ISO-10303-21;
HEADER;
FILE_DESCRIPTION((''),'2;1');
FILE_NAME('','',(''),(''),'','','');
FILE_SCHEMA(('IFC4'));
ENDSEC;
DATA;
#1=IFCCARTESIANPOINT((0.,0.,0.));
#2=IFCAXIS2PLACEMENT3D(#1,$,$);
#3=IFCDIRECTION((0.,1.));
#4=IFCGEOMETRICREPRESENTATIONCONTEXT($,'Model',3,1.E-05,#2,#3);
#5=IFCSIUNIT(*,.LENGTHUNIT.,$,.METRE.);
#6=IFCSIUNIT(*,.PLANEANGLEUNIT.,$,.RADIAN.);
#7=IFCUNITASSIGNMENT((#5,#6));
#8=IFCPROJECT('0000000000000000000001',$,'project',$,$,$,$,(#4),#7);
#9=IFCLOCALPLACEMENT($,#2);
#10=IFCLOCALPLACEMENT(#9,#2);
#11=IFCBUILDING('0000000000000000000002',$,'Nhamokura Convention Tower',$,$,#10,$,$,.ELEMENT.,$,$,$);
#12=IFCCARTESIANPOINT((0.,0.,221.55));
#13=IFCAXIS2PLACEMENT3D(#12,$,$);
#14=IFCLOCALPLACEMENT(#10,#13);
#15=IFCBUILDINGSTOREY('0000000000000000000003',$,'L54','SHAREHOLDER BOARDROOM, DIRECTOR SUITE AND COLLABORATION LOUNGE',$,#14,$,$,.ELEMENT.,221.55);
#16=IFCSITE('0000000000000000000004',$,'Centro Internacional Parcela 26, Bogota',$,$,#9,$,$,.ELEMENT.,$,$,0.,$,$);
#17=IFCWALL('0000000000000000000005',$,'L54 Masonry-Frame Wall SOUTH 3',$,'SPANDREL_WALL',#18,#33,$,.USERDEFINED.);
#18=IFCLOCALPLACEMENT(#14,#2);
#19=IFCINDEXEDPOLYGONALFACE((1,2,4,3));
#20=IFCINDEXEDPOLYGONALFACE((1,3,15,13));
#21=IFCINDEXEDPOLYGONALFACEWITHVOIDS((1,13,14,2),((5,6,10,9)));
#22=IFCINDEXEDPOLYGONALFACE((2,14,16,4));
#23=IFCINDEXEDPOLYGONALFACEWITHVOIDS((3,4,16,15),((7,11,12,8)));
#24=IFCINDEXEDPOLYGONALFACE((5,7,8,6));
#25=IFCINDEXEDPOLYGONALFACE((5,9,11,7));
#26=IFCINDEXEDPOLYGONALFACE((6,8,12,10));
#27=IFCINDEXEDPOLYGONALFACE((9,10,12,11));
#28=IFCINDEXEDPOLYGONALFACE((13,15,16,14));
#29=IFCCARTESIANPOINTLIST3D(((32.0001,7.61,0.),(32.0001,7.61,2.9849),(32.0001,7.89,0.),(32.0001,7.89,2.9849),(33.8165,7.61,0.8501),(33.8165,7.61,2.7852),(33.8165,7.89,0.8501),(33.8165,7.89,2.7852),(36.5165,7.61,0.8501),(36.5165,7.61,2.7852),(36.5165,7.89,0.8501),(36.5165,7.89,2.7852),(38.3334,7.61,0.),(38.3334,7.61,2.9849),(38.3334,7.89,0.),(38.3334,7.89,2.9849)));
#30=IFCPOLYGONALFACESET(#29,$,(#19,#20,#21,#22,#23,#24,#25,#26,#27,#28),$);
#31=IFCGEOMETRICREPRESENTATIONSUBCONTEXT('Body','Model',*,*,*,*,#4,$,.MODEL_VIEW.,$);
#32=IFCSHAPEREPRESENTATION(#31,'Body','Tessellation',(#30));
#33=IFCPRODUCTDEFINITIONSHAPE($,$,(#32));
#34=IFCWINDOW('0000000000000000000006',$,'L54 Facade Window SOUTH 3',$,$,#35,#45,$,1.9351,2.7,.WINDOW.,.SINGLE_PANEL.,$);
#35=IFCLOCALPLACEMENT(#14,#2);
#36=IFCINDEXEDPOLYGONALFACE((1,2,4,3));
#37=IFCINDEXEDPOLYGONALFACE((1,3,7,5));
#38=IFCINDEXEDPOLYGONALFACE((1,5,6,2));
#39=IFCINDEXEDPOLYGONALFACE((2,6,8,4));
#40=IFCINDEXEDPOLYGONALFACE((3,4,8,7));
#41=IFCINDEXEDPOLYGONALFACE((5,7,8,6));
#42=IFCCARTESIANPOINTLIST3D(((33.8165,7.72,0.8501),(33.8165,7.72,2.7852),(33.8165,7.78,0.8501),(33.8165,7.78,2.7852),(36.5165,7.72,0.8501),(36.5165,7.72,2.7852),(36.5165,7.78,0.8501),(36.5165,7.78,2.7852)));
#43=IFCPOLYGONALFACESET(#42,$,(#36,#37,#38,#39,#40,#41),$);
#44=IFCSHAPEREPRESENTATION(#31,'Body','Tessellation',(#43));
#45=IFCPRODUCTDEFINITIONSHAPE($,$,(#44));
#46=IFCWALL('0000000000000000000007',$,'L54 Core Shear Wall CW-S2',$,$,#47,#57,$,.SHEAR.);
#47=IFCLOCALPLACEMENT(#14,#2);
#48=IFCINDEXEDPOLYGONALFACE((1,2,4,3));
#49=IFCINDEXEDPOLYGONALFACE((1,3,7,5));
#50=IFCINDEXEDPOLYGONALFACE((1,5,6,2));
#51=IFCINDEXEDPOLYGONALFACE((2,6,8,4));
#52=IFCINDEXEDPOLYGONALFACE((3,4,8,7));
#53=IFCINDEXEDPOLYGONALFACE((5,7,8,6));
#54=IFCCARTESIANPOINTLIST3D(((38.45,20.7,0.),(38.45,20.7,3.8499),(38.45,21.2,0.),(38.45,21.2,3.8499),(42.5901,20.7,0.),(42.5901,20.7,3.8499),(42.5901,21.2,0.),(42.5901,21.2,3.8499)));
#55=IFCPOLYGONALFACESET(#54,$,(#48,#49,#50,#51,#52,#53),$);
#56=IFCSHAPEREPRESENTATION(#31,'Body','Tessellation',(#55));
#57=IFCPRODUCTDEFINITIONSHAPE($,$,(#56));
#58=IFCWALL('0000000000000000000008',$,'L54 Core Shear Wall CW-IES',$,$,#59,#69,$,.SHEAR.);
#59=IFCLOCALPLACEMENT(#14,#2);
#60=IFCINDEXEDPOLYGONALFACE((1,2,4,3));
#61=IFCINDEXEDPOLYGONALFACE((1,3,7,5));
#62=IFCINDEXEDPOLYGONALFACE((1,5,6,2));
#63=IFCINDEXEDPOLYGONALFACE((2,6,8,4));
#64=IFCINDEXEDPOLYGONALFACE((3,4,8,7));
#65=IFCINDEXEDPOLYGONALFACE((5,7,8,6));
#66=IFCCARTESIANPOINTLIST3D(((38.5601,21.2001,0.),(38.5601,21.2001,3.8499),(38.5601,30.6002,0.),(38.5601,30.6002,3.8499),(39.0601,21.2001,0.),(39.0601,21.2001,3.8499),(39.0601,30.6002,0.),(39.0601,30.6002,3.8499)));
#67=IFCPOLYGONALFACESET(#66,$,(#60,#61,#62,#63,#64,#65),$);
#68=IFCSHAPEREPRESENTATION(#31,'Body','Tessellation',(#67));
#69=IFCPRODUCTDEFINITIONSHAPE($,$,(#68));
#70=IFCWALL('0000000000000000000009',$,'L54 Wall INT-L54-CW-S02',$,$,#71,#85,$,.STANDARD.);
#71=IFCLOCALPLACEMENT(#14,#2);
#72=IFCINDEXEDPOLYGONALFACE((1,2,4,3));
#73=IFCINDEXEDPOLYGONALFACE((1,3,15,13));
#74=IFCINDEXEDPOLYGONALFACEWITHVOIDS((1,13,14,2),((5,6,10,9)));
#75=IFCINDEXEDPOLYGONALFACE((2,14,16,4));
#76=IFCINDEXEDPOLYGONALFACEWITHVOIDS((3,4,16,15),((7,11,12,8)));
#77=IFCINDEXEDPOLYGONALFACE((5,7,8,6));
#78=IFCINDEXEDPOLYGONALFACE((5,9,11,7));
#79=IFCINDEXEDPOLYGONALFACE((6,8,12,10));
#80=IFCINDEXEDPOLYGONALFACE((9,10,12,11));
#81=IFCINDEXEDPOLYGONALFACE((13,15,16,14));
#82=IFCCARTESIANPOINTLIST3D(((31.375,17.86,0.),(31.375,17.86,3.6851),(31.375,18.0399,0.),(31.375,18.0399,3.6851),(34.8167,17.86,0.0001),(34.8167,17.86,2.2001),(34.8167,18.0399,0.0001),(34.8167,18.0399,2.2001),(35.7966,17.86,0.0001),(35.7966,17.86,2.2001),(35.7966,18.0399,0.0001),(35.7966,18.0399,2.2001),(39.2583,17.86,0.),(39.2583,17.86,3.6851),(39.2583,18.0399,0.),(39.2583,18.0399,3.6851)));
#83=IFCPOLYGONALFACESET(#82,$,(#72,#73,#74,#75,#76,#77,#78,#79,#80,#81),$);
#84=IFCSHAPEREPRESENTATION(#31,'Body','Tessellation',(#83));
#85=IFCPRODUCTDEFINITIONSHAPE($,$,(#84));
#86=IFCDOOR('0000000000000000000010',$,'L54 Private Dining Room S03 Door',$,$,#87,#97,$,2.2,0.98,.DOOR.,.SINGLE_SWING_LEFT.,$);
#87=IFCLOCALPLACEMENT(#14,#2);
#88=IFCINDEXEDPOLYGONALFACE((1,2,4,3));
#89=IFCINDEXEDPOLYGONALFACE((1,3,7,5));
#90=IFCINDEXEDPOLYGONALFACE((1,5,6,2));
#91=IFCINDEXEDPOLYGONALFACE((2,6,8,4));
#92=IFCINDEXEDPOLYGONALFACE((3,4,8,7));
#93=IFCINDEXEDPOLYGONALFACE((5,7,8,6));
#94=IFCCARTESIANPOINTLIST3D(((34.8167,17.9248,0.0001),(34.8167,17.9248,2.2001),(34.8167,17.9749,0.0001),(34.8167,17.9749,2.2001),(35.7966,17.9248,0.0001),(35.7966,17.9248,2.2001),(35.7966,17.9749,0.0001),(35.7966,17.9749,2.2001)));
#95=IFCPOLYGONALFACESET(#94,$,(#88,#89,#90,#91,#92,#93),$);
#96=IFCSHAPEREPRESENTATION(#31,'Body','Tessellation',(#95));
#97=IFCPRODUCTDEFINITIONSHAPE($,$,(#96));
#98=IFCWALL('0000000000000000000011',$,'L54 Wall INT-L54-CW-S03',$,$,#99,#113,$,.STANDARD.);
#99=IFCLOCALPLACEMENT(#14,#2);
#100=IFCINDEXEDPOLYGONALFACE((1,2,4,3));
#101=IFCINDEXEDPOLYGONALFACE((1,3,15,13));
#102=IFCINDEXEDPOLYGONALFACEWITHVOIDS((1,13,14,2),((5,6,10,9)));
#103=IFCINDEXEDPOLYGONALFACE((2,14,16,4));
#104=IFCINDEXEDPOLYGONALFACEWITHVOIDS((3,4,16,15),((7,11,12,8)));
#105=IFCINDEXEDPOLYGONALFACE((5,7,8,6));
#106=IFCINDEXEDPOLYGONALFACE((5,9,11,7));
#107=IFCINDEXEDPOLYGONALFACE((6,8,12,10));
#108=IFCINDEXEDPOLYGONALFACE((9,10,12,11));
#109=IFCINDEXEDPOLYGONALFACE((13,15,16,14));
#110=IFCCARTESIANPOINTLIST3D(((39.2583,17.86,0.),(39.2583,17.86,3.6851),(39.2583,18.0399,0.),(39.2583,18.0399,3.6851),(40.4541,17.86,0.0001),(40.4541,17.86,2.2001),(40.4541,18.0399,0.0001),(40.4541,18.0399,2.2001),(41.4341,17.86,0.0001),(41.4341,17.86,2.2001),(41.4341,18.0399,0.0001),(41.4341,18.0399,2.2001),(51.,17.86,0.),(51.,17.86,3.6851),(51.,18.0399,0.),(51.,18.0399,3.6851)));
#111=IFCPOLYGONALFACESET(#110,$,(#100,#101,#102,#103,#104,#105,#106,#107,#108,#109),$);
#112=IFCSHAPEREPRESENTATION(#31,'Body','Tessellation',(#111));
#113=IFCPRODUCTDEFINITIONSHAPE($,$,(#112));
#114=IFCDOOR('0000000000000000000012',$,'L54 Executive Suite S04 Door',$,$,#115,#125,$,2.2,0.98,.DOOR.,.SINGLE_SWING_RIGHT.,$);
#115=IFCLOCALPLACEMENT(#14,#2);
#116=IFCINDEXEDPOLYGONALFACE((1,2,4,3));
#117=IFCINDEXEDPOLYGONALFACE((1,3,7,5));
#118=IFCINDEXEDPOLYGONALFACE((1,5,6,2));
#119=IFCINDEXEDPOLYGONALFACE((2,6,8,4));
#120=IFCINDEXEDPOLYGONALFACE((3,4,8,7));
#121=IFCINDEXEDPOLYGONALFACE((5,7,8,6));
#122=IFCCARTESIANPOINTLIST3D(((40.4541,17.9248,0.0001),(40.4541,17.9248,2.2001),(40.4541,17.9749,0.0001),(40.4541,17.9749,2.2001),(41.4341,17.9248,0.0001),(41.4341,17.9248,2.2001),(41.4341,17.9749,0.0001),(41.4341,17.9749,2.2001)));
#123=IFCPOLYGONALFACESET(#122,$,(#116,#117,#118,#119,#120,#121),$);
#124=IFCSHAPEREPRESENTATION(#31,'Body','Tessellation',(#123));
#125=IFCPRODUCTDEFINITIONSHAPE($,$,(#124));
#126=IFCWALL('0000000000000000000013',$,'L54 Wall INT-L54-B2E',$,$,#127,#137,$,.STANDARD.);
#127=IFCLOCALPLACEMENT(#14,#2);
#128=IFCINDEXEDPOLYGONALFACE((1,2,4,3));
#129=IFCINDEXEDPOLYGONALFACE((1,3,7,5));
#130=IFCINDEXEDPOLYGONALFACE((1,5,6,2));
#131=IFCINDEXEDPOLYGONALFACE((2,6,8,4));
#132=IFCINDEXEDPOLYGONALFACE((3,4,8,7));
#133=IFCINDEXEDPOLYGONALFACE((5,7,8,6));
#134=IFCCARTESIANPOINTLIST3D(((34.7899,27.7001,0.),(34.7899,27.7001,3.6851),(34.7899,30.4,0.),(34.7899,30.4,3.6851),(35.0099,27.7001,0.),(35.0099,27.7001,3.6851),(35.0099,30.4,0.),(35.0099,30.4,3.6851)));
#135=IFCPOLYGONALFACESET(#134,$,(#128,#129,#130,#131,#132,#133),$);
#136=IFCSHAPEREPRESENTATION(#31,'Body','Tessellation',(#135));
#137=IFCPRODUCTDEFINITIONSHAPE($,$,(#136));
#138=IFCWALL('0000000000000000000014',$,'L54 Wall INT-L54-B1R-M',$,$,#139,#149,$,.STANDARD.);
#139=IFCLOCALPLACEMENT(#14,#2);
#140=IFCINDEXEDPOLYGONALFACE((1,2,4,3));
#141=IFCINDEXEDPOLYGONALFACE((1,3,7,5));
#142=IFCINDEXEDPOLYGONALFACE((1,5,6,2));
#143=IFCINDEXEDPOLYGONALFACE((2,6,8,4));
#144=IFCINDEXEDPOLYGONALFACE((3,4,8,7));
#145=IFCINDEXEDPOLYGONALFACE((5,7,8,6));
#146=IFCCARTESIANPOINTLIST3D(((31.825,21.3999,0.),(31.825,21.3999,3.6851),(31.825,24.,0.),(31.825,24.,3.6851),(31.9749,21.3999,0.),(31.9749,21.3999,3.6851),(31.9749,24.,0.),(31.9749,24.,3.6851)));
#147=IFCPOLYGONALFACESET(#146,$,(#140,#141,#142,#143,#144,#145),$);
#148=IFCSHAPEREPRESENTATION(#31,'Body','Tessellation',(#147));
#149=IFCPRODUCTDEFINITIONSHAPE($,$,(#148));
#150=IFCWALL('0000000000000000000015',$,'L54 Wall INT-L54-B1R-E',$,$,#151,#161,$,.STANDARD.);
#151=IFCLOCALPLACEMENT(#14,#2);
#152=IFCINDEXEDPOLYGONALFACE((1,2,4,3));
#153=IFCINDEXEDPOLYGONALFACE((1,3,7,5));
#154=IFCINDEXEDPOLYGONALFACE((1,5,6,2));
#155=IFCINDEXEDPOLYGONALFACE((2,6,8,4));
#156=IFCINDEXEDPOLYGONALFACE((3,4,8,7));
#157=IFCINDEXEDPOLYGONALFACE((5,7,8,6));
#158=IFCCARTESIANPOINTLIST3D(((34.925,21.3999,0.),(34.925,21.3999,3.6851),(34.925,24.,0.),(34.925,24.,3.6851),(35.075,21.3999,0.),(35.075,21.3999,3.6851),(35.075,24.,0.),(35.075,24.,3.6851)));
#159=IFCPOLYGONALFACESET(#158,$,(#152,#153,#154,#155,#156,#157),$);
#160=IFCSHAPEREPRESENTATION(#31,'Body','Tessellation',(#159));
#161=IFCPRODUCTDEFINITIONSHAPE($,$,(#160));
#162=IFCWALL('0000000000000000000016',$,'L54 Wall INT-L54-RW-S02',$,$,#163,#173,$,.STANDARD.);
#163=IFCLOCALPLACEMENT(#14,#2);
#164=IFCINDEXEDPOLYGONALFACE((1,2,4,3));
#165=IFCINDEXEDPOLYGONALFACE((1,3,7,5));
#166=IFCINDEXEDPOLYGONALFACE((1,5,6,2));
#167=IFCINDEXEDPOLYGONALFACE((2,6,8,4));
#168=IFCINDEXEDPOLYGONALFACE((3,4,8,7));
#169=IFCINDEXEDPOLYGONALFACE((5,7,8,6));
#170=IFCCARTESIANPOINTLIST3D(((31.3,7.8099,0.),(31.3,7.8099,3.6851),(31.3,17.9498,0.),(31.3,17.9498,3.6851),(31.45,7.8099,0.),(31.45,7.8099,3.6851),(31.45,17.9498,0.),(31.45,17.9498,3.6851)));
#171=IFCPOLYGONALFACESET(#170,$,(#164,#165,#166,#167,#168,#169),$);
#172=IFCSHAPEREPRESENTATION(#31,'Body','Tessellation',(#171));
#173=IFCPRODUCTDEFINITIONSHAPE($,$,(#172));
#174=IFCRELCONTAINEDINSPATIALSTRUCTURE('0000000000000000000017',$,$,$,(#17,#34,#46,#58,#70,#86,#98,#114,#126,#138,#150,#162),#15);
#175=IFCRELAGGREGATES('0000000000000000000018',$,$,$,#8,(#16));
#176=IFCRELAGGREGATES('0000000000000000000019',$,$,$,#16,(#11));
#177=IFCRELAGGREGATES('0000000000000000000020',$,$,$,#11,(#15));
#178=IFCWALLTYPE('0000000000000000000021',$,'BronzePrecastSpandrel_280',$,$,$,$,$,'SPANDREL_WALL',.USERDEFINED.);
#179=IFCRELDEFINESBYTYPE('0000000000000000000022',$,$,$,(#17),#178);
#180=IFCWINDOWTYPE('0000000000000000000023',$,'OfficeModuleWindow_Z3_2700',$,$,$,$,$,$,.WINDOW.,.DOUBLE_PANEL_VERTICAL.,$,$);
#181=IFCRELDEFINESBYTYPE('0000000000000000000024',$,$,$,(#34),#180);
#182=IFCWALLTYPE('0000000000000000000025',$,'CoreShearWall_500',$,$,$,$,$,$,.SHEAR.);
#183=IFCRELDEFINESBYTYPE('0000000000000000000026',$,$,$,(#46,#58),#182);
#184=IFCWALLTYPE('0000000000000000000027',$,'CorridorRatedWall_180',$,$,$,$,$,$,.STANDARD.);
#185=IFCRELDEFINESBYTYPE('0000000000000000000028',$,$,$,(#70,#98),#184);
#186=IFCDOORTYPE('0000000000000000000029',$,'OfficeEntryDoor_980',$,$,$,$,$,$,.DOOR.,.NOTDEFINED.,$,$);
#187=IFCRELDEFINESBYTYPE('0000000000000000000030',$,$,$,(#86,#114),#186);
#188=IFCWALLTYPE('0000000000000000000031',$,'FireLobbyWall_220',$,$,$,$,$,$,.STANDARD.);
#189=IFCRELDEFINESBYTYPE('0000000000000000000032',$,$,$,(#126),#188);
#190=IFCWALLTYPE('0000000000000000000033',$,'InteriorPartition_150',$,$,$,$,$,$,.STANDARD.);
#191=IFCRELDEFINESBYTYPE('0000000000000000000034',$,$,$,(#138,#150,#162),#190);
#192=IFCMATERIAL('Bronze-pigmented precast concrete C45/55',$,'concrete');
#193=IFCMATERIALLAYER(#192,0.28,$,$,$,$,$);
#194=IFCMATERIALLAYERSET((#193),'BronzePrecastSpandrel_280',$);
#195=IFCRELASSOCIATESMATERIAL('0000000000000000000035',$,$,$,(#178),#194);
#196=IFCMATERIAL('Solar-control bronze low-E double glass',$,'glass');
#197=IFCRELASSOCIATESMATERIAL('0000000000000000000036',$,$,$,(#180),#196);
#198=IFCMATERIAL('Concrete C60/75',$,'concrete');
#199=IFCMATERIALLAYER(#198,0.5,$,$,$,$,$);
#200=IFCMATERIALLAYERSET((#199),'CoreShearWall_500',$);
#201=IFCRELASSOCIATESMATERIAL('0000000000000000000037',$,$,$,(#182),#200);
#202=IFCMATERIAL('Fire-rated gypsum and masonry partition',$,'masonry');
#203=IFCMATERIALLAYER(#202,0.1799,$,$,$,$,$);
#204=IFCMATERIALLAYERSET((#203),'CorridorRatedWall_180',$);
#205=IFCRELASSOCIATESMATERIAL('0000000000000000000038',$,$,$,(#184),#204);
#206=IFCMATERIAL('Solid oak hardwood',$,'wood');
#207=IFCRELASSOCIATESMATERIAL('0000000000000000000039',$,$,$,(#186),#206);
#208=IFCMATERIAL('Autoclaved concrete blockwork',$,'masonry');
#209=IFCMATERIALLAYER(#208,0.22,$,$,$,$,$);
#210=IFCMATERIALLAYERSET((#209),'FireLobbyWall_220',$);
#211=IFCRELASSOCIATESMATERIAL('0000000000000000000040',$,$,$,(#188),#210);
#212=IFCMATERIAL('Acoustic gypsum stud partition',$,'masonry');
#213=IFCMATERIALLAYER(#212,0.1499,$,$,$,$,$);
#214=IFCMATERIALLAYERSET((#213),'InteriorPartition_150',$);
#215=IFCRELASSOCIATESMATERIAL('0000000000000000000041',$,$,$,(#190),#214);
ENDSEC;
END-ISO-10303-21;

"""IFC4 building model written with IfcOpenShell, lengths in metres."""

from ifc_helpers import new_model, si_unit, direction, frame, frame_2d, origin, place, context, subcontext, project, spatial, rectangle, extrude, material, layer, layer_set, type_object, element, fill, save


model = new_model("IFC4")

# Units and contexts
model_context = context("Model", 3, precision=1e-05, world=origin(), true_north=direction((0.0, 1.0)))
body_context = subcontext(model_context, "Body", "Model", "MODEL_VIEW")
ifc_project = project(units=[si_unit("LENGTHUNIT", "METRE"), si_unit("PLANEANGLEUNIT", "RADIAN")], contexts=[model_context])

# Site, building, storey
site_placement = place(None, origin())
site = spatial("IfcSite", under=ifc_project, at=site_placement, Name="Centro Internacional Parcela 26, Bogota", CompositionType="ELEMENT", RefElevation=0.0)
building_placement = place(site_placement, origin())
building = spatial("IfcBuilding", under=site, at=building_placement, Name="Nhamokura Convention Tower", CompositionType="ELEMENT")
storey_placement = place(building_placement, frame((0.0, 0.0, 221.55)))
storey = spatial("IfcBuildingStorey", under=building, at=storey_placement, Name="L54", Description="SHAREHOLDER BOARDROOM, DIRECTOR SUITE AND COLLABORATION LOUNGE", CompositionType="ELEMENT", Elevation=221.55)

# Wall, opening, window
ifc_material_1 = material(Name="Bronze-pigmented precast concrete C45/55", Category="concrete")
ifc_layer_1 = layer(ifc_material_1, 0.28)
ifc_layer_set_1 = layer_set([ifc_layer_1], Name="BronzePrecastSpandrel_280")
wall_type_1 = type_object("IfcWallType", Name="BronzePrecastSpandrel_280", ElementType="SPANDREL_WALL", PredefinedType="USERDEFINED", material=ifc_layer_set_1)
ifc_material_2 = material(Name="Solar-control bronze low-E double glass", Category="glass")
window_type = type_object("IfcWindowType", Name="OfficeModuleWindow_Z3_2700", PartitioningType="DOUBLE_PANEL_VERTICAL", PredefinedType="WINDOW", material=ifc_material_2)
wall_1_placement = place(storey_placement, frame((38.3333, 7.75, 0.0), z_axis=(0.0, 0.0, 1.0), x_axis=(-1.0, 0.0, 0.0)))
wall_1 = element("IfcWall", 1, at=wall_1_placement, inside=storey, type_object=wall_type_1, Name="L54 Masonry-Frame Wall SOUTH 3", ObjectType="SPANDREL_WALL", PredefinedType="USERDEFINED", context=body_context, shape_type="SweptSolid", body=[
    extrude(rectangle(XDim=6.3333, YDim=0.28, at=frame_2d((3.1665, 0.0))), origin(), (0.0, 0.0, 1.0), 2.9849),
])
opening_1_placement = place(wall_1_placement, frame((1.8167, 0.0, 0.8501)))
opening_1 = element("IfcOpeningElement", 2, at=opening_1_placement, cuts=wall_1, PredefinedType="OPENING", context=body_context, shape_type="SweptSolid", body=[
    extrude(rectangle(XDim=2.7, YDim=1.9351, at=frame_2d((1.3501, 0.9675))), frame((0.0, 0.1499, 0.0), z_axis=(0.0, -1.0, 0.0), x_axis=(1.0, 0.0, 0.0)), (0.0, 0.0, 1.0), 0.3),
])
window_1_placement = place(opening_1_placement, origin())
window_1 = element("IfcWindow", 3, at=window_1_placement, inside=storey, type_object=window_type, Name="L54 Facade Window SOUTH 3", OverallHeight=1.9351, OverallWidth=2.7, PartitioningType="SINGLE_PANEL", PredefinedType="WINDOW", context=body_context, shape_type="SweptSolid", body=[
    extrude(rectangle(XDim=2.7, YDim=1.9351, at=frame_2d((1.3501, 0.9675))), frame((0.0, 0.03, 0.0), z_axis=(0.0, -1.0, 0.0), x_axis=(1.0, 0.0, 0.0)), (0.0, 0.0, 1.0), 0.0601),
])
fill(opening_1, window_1)

# Walls
ifc_material_3 = material(Name="Concrete C60/75", Category="concrete")
ifc_layer_2 = layer(ifc_material_3, 0.5)
ifc_layer_set_2 = layer_set([ifc_layer_2], Name="CoreShearWall_500")
wall_type_2 = type_object("IfcWallType", Name="CoreShearWall_500", PredefinedType="SHEAR", material=ifc_layer_set_2)
wall_2_placement = place(storey_placement, frame((38.45, 20.95, 0.0), z_axis=(0.0, 0.0, 1.0), x_axis=(1.0, 0.0, 0.0)))
element("IfcWall", 4, at=wall_2_placement, inside=storey, type_object=wall_type_2, Name="L54 Core Shear Wall CW-S2", PredefinedType="SHEAR", context=body_context, shape_type="SweptSolid", body=[
    extrude(rectangle(XDim=4.1401, YDim=0.5, at=frame_2d((2.0701, 0.0))), origin(), (0.0, 0.0, 1.0), 3.8499),
])
wall_3_placement = place(storey_placement, frame((38.8101, 21.2, 0.0), z_axis=(0.0, 0.0, 1.0), x_axis=(0.0, 1.0, 0.0)))
element("IfcWall", 5, at=wall_3_placement, inside=storey, type_object=wall_type_2, Name="L54 Core Shear Wall CW-IES", PredefinedType="SHEAR", context=body_context, shape_type="SweptSolid", body=[
    extrude(rectangle(XDim=9.4001, YDim=0.5, at=frame_2d((4.7002, 0.0))), origin(), (0.0, 0.0, 1.0), 3.8499),
])

# Walls, openings, doors
ifc_material_4 = material(Name="Fire-rated gypsum and masonry partition", Category="masonry")
ifc_layer_3 = layer(ifc_material_4, 0.1799)
ifc_layer_set_3 = layer_set([ifc_layer_3], Name="CorridorRatedWall_180")
wall_type_3 = type_object("IfcWallType", Name="CorridorRatedWall_180", PredefinedType="STANDARD", material=ifc_layer_set_3)
wall_4_placement = place(storey_placement, frame((31.375, 17.95, 0.0), z_axis=(0.0, 0.0, 1.0), x_axis=(1.0, 0.0, 0.0)))
wall_4 = element("IfcWall", 6, at=wall_4_placement, inside=storey, type_object=wall_type_3, Name="L54 Wall INT-L54-CW-S02", PredefinedType="STANDARD", context=body_context, shape_type="SweptSolid", body=[
    extrude(rectangle(XDim=7.8833, YDim=0.1799, at=frame_2d((3.9417, 0.0))), origin(), (0.0, 0.0, 1.0), 3.6851),
])
opening_2_placement = place(wall_4_placement, frame((3.4417, 0.0, 0.0)))
opening_2 = element("IfcOpeningElement", 7, at=opening_2_placement, cuts=wall_4, PredefinedType="OPENING", context=body_context, shape_type="SweptSolid", body=[
    extrude(rectangle(XDim=0.98, YDim=2.2, at=frame_2d((0.49, 1.1001))), frame((0.0, 0.0999, 0.0), z_axis=(0.0, -1.0, 0.0), x_axis=(1.0, 0.0, 0.0)), (0.0, 0.0, 1.0), 0.2),
])
ifc_material_5 = material(Name="Solid oak hardwood", Category="wood")
door_type_1 = type_object("IfcDoorType", Name="OfficeEntryDoor_980", OperationType="NOTDEFINED", PredefinedType="DOOR", material=ifc_material_5)
door_1_placement = place(opening_2_placement, origin())
door_1 = element("IfcDoor", 8, at=door_1_placement, inside=storey, type_object=door_type_1, Name="L54 Private Dining Room S03 Door", OperationType="SINGLE_SWING_LEFT", OverallHeight=2.2, OverallWidth=0.98, PredefinedType="DOOR", context=body_context, shape_type="SweptSolid", body=[
    extrude(rectangle(XDim=0.98, YDim=2.2, at=frame_2d((0.49, 1.1001))), frame((0.0, 0.0249, 0.0), z_axis=(0.0, -1.0, 0.0), x_axis=(1.0, 0.0, 0.0)), (0.0, 0.0, 1.0), 0.05),
])
fill(opening_2, door_1)
wall_5_placement = place(storey_placement, frame((39.2583, 17.95, 0.0), z_axis=(0.0, 0.0, 1.0), x_axis=(1.0, 0.0, 0.0)))
wall_5 = element("IfcWall", 9, at=wall_5_placement, inside=storey, type_object=wall_type_3, Name="L54 Wall INT-L54-CW-S03", PredefinedType="STANDARD", context=body_context, shape_type="SweptSolid", body=[
    extrude(rectangle(XDim=11.7417, YDim=0.1799, at=frame_2d((5.8708, 0.0))), origin(), (0.0, 0.0, 1.0), 3.6851),
])
opening_3_placement = place(wall_5_placement, frame((1.1958, 0.0, 0.0)))
opening_3 = element("IfcOpeningElement", 10, at=opening_3_placement, cuts=wall_5, PredefinedType="OPENING", context=body_context, shape_type="SweptSolid", body=[
    extrude(rectangle(XDim=0.98, YDim=2.2, at=frame_2d((0.49, 1.1001))), frame((0.0, 0.0999, 0.0), z_axis=(0.0, -1.0, 0.0), x_axis=(1.0, 0.0, 0.0)), (0.0, 0.0, 1.0), 0.2),
])
door_2_placement = place(opening_3_placement, origin())
door_2 = element("IfcDoor", 11, at=door_2_placement, inside=storey, type_object=door_type_1, Name="L54 Executive Suite S04 Door", OperationType="SINGLE_SWING_RIGHT", OverallHeight=2.2, OverallWidth=0.98, PredefinedType="DOOR", context=body_context, shape_type="SweptSolid", body=[
    extrude(rectangle(XDim=0.98, YDim=2.2, at=frame_2d((0.49, 1.1001))), frame((0.0, 0.0249, 0.0), z_axis=(0.0, -1.0, 0.0), x_axis=(1.0, 0.0, 0.0)), (0.0, 0.0, 1.0), 0.05),
])
fill(opening_3, door_2)
ifc_material_6 = material(Name="Autoclaved concrete blockwork", Category="masonry")
ifc_layer_4 = layer(ifc_material_6, 0.22)
ifc_layer_set_4 = layer_set([ifc_layer_4], Name="FireLobbyWall_220")
wall_type_4 = type_object("IfcWallType", Name="FireLobbyWall_220", PredefinedType="STANDARD", material=ifc_layer_set_4)

# Walls
wall_6_placement = place(storey_placement, frame((34.8999, 27.7, 0.0), z_axis=(0.0, 0.0, 1.0), x_axis=(0.0, 1.0, 0.0)))
element("IfcWall", 12, at=wall_6_placement, inside=storey, type_object=wall_type_4, Name="L54 Wall INT-L54-B2E", PredefinedType="STANDARD", context=body_context, shape_type="SweptSolid", body=[
    extrude(rectangle(XDim=2.7, YDim=0.22, at=frame_2d((1.3501, 0.0))), origin(), (0.0, 0.0, 1.0), 3.6851),
])
ifc_material_7 = material(Name="Acoustic gypsum stud partition", Category="masonry")
ifc_layer_5 = layer(ifc_material_7, 0.1499)
ifc_layer_set_5 = layer_set([ifc_layer_5], Name="InteriorPartition_150")
wall_type_5 = type_object("IfcWallType", Name="InteriorPartition_150", PredefinedType="STANDARD", material=ifc_layer_set_5)
for number, where, z_axis, x_axis, name in (
    (13, (31.8999, 21.3999, 0.0), (0.0, 0.0, 1.0), (0.0, 1.0, 0.0), "L54 Wall INT-L54-B1R-M"),
    (14, (35.0, 21.3999, 0.0), (0.0, 0.0, 1.0), (0.0, 1.0, 0.0), "L54 Wall INT-L54-B1R-E"),
):
    element("IfcWall", number, at=place(storey_placement, frame(where, z_axis=z_axis, x_axis=x_axis)), inside=storey, type_object=wall_type_5, Name=name, PredefinedType="STANDARD", context=body_context, shape_type="SweptSolid", body=[
        extrude(rectangle(XDim=2.6001, YDim=0.1499, at=frame_2d((1.3, 0.0))), origin(), (0.0, 0.0, 1.0), 3.6851),
    ])
for number, where, z_axis, x_axis, name in (
    (15, (31.375, 7.8101, 0.0), (0.0, 0.0, 1.0), (0.0, 1.0, 0.0), "L54 Wall INT-L54-RW-S02"),
):
    element("IfcWall", number, at=place(storey_placement, frame(where, z_axis=z_axis, x_axis=x_axis)), inside=storey, type_object=wall_type_5, Name=name, PredefinedType="STANDARD", context=body_context, shape_type="SweptSolid", body=[
        extrude(rectangle(XDim=10.1399, YDim=0.1499, at=frame_2d((5.0698, 0.0))), origin(), (0.0, 0.0, 1.0), 3.6851),
    ])

save(model, "model.ifc")
